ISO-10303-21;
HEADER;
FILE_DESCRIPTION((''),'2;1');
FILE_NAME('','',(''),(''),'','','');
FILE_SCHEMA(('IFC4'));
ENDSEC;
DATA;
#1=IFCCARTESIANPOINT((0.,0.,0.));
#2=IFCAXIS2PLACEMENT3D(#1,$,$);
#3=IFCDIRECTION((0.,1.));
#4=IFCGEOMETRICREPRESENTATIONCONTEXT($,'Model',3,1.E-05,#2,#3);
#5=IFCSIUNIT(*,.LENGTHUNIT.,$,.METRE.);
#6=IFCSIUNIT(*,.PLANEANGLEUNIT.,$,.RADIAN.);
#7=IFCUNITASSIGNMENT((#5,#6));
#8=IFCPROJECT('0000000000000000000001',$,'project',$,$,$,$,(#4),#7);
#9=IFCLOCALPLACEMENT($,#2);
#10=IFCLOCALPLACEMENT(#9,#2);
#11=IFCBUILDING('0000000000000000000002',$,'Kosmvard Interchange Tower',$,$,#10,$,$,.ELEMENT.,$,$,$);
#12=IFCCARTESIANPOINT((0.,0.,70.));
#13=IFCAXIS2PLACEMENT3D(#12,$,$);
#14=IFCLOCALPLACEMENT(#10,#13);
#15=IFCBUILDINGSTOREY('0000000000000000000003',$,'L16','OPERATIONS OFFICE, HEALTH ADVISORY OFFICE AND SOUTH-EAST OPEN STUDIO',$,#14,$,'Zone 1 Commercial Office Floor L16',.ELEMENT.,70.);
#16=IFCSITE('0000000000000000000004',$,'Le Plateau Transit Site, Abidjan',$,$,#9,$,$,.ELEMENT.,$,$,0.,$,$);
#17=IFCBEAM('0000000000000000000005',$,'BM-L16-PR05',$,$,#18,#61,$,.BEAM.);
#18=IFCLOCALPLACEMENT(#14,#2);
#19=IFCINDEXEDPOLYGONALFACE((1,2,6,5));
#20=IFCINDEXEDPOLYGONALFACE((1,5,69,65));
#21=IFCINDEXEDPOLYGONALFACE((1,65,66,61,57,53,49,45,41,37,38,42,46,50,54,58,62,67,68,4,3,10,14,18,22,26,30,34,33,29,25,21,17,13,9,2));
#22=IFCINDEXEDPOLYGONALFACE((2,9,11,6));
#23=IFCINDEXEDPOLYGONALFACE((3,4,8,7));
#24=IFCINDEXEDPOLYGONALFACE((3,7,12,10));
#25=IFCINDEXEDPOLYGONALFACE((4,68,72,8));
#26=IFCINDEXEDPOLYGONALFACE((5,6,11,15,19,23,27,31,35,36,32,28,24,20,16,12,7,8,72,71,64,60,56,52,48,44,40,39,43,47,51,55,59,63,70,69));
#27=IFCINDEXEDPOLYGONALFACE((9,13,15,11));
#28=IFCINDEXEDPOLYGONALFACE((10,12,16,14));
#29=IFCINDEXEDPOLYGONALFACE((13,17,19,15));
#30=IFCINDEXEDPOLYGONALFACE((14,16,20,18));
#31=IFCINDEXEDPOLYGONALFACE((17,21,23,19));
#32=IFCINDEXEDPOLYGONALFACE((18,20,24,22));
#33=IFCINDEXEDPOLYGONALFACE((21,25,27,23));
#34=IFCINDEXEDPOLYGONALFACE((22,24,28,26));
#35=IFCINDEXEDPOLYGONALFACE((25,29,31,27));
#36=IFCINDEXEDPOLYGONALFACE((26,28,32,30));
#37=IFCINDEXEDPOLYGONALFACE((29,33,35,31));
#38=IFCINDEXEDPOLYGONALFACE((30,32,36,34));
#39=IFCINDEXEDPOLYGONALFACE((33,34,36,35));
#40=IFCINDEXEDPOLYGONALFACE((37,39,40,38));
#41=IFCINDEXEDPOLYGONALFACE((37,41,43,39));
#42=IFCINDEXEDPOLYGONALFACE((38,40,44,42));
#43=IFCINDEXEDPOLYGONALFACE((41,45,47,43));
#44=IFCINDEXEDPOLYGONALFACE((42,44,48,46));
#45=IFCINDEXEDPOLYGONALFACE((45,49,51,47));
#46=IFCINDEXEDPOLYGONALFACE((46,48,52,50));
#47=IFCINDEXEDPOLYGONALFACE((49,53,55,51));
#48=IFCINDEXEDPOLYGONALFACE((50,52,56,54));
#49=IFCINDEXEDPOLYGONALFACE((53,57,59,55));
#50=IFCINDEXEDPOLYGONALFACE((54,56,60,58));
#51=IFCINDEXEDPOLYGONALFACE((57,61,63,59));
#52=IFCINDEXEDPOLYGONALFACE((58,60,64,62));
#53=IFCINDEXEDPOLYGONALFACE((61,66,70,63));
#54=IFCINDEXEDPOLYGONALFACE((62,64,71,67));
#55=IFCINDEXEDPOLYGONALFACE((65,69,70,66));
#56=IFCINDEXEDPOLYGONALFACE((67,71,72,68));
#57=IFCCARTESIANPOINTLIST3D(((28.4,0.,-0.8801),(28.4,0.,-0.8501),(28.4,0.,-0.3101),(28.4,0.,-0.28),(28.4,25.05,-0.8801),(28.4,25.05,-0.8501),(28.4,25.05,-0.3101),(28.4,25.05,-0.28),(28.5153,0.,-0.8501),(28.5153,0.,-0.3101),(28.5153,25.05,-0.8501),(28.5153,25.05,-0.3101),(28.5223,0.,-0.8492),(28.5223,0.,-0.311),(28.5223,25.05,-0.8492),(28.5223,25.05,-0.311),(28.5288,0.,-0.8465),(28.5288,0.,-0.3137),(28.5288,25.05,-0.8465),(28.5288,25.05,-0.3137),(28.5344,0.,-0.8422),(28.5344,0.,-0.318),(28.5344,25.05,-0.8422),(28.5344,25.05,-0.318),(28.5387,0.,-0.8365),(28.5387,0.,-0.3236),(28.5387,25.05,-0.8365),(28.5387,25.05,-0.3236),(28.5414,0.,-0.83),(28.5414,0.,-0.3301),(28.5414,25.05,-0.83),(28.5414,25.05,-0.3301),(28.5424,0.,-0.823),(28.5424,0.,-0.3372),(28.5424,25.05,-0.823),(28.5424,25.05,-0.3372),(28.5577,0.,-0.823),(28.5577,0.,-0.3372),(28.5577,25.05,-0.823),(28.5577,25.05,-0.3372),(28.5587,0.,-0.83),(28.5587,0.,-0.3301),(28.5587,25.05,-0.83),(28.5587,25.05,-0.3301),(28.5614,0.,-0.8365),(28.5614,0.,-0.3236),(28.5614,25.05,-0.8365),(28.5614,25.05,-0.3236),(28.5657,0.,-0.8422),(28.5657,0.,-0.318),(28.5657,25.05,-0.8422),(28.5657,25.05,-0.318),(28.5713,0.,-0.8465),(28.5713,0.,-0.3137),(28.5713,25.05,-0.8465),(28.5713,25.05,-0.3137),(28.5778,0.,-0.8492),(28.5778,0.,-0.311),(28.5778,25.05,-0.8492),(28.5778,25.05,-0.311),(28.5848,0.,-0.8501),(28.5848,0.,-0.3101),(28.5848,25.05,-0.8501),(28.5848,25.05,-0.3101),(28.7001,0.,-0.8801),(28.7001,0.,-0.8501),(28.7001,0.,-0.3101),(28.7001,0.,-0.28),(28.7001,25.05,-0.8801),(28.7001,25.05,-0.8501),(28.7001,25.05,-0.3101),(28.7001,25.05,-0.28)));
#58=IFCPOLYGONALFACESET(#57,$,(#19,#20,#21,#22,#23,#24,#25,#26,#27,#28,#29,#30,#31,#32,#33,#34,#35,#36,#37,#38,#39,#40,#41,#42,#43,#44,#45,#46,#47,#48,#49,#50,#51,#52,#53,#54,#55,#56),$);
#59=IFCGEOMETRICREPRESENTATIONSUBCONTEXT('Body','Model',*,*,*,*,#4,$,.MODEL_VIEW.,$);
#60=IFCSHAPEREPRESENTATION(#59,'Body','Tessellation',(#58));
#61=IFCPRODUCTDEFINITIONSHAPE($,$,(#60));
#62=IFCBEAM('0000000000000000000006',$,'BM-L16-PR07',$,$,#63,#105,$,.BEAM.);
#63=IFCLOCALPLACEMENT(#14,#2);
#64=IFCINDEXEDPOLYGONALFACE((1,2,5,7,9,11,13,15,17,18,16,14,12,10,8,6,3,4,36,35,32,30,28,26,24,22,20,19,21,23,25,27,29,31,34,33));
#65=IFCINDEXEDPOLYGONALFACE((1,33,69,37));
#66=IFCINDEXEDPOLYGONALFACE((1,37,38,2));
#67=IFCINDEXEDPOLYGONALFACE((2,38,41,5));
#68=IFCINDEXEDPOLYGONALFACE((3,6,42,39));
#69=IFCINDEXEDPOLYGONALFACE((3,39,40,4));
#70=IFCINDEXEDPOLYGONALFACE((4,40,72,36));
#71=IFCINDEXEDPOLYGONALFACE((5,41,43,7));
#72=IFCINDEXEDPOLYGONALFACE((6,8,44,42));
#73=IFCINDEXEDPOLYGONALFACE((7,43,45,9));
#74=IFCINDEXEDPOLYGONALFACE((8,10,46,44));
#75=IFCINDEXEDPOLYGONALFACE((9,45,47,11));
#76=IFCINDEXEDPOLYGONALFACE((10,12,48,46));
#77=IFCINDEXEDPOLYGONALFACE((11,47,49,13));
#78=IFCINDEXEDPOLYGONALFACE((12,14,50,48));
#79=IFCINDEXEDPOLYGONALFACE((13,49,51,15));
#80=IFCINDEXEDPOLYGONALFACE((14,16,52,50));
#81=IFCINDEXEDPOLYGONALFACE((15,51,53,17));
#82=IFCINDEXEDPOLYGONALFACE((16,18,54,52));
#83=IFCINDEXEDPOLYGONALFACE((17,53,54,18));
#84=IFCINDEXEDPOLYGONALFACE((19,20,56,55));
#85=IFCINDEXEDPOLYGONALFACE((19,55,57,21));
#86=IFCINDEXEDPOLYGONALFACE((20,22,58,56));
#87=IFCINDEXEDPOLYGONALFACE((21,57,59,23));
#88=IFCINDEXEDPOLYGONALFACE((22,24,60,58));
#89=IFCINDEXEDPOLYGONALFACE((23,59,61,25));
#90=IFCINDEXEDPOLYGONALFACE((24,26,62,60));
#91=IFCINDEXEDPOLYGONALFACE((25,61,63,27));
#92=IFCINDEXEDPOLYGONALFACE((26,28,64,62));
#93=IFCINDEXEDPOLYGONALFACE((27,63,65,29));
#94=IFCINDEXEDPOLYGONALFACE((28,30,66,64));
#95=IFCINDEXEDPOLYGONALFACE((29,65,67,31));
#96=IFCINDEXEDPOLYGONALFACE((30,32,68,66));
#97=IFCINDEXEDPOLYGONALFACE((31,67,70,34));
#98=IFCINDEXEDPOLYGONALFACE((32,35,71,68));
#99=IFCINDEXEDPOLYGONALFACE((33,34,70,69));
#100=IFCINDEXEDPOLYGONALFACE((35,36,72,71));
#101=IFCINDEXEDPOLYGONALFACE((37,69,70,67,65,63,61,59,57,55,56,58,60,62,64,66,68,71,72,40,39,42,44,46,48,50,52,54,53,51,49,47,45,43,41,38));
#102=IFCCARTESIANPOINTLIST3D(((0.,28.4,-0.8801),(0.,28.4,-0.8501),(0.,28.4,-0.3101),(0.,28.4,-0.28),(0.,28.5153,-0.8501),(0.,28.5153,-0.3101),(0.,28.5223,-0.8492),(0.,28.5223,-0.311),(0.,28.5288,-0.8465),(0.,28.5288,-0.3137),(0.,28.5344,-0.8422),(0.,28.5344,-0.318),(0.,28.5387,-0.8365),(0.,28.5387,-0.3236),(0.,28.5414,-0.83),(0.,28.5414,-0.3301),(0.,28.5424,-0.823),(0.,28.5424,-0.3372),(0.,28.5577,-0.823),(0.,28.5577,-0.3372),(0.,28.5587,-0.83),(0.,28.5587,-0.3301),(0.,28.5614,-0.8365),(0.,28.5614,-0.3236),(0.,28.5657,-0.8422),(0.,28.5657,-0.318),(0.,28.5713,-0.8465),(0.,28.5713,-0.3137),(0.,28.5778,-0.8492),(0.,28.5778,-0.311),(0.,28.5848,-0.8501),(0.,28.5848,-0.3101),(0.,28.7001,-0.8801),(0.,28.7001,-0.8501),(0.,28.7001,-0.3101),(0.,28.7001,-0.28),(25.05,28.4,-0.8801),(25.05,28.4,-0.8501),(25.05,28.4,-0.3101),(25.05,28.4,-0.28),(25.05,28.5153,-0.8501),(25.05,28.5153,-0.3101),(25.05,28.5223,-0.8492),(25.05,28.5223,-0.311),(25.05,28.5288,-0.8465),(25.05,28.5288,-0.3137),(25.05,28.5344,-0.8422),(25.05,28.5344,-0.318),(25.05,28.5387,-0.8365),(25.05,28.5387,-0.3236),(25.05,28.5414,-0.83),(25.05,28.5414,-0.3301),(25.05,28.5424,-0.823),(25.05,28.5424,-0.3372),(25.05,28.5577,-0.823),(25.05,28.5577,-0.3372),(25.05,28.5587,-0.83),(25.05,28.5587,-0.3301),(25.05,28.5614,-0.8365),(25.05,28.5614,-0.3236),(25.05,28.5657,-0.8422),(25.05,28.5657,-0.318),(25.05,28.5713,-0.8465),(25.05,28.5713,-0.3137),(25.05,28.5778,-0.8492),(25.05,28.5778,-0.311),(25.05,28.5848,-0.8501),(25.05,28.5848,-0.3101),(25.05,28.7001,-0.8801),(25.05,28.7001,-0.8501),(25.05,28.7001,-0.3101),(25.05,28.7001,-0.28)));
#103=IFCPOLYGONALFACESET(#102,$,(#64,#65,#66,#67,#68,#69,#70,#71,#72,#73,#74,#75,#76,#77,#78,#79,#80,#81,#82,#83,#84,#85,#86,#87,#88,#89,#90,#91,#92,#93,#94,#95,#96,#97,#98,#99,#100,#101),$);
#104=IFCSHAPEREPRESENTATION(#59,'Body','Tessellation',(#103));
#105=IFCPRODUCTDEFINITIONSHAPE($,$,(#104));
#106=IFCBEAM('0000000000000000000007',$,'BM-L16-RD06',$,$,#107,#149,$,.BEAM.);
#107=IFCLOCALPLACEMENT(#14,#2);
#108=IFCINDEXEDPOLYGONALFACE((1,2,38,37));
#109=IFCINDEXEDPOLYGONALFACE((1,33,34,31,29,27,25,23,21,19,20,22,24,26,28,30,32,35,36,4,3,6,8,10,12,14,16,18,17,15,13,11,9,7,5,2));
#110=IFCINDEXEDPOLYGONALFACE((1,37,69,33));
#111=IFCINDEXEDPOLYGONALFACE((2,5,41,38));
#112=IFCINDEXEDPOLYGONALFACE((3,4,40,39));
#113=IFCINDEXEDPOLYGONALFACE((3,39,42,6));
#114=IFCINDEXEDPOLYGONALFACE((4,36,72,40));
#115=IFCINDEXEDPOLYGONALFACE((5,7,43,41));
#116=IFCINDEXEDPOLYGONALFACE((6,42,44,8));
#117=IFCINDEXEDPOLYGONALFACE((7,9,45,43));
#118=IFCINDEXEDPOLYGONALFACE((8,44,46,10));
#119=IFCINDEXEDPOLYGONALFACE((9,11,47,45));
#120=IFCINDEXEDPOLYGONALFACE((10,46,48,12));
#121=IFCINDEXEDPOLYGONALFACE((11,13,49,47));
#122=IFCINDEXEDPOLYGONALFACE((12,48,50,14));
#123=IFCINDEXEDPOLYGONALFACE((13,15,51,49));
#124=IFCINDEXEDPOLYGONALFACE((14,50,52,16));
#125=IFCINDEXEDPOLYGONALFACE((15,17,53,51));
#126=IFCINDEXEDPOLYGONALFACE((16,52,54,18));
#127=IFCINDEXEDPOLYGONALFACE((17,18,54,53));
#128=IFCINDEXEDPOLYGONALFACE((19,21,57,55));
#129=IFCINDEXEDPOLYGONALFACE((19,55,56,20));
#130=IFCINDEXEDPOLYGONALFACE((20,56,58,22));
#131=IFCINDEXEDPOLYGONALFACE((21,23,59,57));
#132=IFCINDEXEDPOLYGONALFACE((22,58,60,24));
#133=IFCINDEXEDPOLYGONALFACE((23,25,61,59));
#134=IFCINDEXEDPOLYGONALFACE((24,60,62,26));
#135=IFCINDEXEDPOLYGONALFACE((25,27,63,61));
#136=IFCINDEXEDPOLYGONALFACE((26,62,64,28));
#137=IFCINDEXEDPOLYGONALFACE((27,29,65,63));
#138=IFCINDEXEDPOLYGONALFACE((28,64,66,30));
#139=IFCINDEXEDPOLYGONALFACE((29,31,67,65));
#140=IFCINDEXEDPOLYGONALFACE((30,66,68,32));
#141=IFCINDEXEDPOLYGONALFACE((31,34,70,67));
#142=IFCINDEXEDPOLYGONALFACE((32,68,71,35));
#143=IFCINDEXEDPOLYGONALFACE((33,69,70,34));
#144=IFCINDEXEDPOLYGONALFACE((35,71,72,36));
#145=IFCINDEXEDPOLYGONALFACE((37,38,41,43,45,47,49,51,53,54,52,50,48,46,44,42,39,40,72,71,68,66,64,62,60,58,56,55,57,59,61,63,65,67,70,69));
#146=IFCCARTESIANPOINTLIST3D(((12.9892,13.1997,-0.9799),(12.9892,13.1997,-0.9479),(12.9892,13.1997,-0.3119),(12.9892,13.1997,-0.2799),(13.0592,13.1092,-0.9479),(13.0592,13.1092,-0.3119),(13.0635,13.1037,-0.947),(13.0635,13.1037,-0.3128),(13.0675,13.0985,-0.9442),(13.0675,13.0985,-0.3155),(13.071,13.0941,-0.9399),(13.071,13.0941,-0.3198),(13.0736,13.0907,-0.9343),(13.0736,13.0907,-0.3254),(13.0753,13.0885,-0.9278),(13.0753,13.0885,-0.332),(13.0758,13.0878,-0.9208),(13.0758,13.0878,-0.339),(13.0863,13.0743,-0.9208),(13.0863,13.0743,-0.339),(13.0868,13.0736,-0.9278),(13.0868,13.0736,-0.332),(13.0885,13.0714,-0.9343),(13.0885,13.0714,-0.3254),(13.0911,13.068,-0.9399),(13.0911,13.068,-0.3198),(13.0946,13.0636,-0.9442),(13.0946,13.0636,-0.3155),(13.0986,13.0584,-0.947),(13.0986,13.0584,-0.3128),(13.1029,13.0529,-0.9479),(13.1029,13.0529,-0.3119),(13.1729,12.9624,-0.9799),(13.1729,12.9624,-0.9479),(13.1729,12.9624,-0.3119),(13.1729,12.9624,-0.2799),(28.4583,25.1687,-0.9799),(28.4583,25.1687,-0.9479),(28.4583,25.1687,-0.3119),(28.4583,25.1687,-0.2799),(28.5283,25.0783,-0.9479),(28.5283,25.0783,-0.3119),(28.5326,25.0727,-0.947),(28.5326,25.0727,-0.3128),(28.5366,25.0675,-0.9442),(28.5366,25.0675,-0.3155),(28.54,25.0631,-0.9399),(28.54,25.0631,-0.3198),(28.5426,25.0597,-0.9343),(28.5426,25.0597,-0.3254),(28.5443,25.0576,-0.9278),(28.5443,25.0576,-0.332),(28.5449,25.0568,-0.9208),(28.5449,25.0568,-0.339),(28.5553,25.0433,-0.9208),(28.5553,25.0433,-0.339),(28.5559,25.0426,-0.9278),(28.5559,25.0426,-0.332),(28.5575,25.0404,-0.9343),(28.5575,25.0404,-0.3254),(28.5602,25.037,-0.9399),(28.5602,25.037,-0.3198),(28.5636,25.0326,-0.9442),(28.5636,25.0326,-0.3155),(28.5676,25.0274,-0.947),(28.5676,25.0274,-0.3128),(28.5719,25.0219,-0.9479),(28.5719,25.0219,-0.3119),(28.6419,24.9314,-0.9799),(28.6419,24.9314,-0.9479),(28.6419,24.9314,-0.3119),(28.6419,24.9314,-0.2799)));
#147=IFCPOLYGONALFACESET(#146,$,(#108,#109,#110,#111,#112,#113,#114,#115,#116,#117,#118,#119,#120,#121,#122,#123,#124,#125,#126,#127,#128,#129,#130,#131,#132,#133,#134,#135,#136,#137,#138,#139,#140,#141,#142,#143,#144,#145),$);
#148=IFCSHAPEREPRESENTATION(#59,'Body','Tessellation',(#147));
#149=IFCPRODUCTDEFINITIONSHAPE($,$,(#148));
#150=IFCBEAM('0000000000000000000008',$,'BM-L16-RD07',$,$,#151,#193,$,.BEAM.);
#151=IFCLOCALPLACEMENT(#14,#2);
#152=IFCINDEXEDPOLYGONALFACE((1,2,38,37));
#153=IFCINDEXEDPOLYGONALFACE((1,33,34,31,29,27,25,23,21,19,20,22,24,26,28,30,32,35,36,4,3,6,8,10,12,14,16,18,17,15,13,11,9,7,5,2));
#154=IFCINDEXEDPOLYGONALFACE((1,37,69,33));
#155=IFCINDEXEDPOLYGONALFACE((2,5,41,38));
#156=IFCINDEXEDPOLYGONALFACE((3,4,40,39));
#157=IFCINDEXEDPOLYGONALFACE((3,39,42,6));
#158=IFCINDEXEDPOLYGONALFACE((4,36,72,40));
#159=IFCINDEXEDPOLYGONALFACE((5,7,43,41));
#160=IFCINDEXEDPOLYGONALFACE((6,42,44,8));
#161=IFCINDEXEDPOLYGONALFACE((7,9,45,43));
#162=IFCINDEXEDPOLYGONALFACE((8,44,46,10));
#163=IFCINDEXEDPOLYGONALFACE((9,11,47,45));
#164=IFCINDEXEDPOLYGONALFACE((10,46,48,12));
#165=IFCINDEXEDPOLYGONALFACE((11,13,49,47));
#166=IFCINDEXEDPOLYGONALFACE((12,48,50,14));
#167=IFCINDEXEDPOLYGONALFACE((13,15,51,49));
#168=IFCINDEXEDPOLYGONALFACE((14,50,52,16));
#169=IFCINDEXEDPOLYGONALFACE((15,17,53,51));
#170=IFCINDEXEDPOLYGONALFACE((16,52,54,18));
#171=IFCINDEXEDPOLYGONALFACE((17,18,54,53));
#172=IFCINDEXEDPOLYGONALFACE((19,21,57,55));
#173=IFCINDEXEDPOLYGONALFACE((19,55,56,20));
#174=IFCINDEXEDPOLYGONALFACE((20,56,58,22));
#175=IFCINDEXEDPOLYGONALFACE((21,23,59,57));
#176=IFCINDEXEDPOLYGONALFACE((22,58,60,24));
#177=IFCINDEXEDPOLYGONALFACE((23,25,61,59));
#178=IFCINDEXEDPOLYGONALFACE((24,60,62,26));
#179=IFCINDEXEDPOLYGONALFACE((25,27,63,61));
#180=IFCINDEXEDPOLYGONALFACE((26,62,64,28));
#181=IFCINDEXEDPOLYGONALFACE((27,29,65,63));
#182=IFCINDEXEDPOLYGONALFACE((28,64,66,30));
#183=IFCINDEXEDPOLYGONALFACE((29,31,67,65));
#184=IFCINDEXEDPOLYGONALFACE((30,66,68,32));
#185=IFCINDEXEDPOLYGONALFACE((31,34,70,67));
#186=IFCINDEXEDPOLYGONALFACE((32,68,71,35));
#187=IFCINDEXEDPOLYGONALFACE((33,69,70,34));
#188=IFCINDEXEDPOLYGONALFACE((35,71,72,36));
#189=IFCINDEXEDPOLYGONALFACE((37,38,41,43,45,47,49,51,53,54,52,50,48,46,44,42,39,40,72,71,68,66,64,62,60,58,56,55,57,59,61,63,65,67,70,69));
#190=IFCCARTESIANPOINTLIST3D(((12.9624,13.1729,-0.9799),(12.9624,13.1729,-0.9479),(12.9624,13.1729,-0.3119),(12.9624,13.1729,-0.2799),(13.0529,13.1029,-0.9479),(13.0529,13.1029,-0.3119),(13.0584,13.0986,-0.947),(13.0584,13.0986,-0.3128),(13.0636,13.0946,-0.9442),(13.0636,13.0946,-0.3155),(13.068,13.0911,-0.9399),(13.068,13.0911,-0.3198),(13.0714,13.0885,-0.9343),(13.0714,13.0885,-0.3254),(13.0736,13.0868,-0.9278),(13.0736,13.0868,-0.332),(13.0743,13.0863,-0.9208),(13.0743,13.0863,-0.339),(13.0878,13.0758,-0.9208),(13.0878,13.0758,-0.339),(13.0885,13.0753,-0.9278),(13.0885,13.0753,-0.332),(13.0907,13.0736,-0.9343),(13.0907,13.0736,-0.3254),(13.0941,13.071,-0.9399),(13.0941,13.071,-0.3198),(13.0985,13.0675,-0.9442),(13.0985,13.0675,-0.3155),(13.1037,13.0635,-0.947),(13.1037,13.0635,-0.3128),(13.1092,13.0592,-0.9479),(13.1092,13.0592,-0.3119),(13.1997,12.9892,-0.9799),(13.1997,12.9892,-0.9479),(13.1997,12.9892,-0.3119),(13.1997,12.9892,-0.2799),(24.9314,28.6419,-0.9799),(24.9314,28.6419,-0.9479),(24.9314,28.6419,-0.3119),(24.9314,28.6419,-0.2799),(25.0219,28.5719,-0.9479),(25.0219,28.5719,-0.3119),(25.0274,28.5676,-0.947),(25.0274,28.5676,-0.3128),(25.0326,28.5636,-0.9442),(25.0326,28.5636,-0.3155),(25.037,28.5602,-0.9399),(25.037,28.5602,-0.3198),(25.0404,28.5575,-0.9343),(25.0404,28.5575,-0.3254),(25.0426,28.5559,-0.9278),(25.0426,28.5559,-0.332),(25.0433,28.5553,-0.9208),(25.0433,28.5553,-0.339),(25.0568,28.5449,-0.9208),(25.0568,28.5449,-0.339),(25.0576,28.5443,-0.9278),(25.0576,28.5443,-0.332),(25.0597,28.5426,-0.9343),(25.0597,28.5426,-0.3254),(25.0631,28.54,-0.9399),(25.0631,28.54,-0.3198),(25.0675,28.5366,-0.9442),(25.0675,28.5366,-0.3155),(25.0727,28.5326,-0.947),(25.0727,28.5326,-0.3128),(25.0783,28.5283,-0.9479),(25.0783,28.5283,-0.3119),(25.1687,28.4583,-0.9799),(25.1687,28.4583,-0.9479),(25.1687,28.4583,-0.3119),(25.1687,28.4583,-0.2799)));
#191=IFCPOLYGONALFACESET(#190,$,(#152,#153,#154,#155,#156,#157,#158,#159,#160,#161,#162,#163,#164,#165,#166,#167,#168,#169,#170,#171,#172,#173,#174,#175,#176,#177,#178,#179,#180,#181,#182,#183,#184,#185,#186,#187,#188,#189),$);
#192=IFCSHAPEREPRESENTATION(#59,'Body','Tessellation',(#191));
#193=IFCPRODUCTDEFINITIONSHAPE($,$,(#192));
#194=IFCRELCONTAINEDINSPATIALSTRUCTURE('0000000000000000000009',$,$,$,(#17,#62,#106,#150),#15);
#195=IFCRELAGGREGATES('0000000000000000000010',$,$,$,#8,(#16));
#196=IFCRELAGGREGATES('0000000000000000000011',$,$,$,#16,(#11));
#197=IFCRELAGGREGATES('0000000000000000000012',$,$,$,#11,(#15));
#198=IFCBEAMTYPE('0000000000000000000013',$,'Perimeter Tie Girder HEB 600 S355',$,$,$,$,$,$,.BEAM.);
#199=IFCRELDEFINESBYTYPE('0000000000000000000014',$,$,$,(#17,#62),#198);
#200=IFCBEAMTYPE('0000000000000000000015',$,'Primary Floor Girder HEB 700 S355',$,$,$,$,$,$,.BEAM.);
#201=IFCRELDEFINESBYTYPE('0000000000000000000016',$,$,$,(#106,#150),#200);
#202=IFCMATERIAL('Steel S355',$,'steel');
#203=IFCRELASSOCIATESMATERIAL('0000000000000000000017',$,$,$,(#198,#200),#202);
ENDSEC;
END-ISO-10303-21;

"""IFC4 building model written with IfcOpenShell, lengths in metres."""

from ifc_helpers import new_model, si_unit, direction, frame, origin, origin_2d, place, context, subcontext, project, spatial, i_section, extrude, source, transform, mapped, material, material_profile, profile_set, type_object, element, save


model = new_model("IFC4")

# Units and contexts
model_context = context("Model", 3, precision=1e-05, world=origin(), true_north=direction((0.0, 1.0)))
body_context = subcontext(model_context, "Body", "Model", "MODEL_VIEW")
ifc_project = project(units=[si_unit("LENGTHUNIT", "METRE"), si_unit("PLANEANGLEUNIT", "RADIAN")], contexts=[model_context])

# Site, building, storey
site_placement = place(None, origin())
site = spatial("IfcSite", under=ifc_project, at=site_placement, Name="Le Plateau Transit Site, Abidjan", CompositionType="ELEMENT", RefElevation=0.0)
building_placement = place(site_placement, origin())
building = spatial("IfcBuilding", under=site, at=building_placement, Name="Kosmvard Interchange Tower", CompositionType="ELEMENT")
storey_placement = place(building_placement, frame((0.0, 0.0, 70.0)))
storey = spatial("IfcBuildingStorey", under=building, at=storey_placement, Name="L16", Description="OPERATIONS OFFICE, HEALTH ADVISORY OFFICE AND SOUTH-EAST OPEN STUDIO", LongName="Zone 1 Commercial Office Floor L16", CompositionType="ELEMENT", Elevation=70.0)

# Beams
ifc_material_1 = material(Name="Steel S355", Category="steel")
ifc_material_profile_1 = material_profile(ifc_material_1, i_section(OverallWidth=0.3, OverallDepth=0.6001, WebThickness=0.0154, FlangeThickness=0.03, FilletRadius=0.0271, at=origin_2d()), Name="HEB 600")
ifc_profile_set_1 = profile_set([ifc_material_profile_1], Name="Steel S355")
beam_type_1 = type_object("IfcBeamType", Name="Perimeter Tie Girder HEB 600 S355", PredefinedType="BEAM", material=ifc_profile_set_1)
shared_shape_1 = source(origin(), body_context, "Body", "SweptSolid", [
    extrude(i_section(OverallWidth=0.3, OverallDepth=0.6001, WebThickness=0.0154, FlangeThickness=0.03, FilletRadius=0.0271, at=origin_2d()), origin(), (0.0, 0.0, 1.0), 25.05),
])
for number, where, z_axis, x_axis, name in (
    (1, (28.55, 0.0, -0.5801), (0.0, 1.0, 0.0), (-1.0, 0.0, 0.0), "BM-L16-PR05"),
    (2, (25.05, 28.55, -0.5801), (-1.0, 0.0, 0.0), (0.0, -1.0, 0.0), "BM-L16-PR07"),
):
    element("IfcBeam", number, at=place(storey_placement, frame(where, z_axis=z_axis, x_axis=x_axis)), inside=storey, type_object=beam_type_1, Name=name, PredefinedType="BEAM", context=body_context, shape_type="MappedRepresentation", body=[
        mapped(shared_shape_1, transform((0.0, 0.0, 0.0), scale=1.0)),
    ])
ifc_material_profile_2 = material_profile(ifc_material_1, i_section(OverallWidth=0.3, OverallDepth=0.7, WebThickness=0.0171, FlangeThickness=0.032, FilletRadius=0.0271, at=origin_2d()), Name="HEB 700")
ifc_profile_set_2 = profile_set([ifc_material_profile_2], Name="Steel S355")
beam_type_2 = type_object("IfcBeamType", Name="Primary Floor Girder HEB 700 S355", PredefinedType="BEAM", material=ifc_profile_set_2)
shared_shape_2 = source(origin(), body_context, "Body", "SweptSolid", [
    extrude(i_section(OverallWidth=0.3, OverallDepth=0.7, WebThickness=0.0171, FlangeThickness=0.032, FilletRadius=0.0271, at=origin_2d()), origin(), (0.0, 0.0, 1.0), 19.5588),
])
for number, where, z_axis, x_axis, name in (
    (3, (13.0811, 13.0811, -0.6299), (0.790897, 0.611949, 0.0), (-0.611949, 0.790897, 0.0), "BM-L16-RD06"),
    (4, (13.0811, 13.0811, -0.6299), (0.611949, 0.790897, 0.0), (-0.790897, 0.611949, 0.0), "BM-L16-RD07"),
):
    element("IfcBeam", number, at=place(storey_placement, frame(where, z_axis=z_axis, x_axis=x_axis)), inside=storey, type_object=beam_type_2, Name=name, PredefinedType="BEAM", context=body_context, shape_type="MappedRepresentation", body=[
        mapped(shared_shape_2, transform((0.0, 0.0, 0.0), scale=1.0)),
    ])

save(model, "model.ifc")
